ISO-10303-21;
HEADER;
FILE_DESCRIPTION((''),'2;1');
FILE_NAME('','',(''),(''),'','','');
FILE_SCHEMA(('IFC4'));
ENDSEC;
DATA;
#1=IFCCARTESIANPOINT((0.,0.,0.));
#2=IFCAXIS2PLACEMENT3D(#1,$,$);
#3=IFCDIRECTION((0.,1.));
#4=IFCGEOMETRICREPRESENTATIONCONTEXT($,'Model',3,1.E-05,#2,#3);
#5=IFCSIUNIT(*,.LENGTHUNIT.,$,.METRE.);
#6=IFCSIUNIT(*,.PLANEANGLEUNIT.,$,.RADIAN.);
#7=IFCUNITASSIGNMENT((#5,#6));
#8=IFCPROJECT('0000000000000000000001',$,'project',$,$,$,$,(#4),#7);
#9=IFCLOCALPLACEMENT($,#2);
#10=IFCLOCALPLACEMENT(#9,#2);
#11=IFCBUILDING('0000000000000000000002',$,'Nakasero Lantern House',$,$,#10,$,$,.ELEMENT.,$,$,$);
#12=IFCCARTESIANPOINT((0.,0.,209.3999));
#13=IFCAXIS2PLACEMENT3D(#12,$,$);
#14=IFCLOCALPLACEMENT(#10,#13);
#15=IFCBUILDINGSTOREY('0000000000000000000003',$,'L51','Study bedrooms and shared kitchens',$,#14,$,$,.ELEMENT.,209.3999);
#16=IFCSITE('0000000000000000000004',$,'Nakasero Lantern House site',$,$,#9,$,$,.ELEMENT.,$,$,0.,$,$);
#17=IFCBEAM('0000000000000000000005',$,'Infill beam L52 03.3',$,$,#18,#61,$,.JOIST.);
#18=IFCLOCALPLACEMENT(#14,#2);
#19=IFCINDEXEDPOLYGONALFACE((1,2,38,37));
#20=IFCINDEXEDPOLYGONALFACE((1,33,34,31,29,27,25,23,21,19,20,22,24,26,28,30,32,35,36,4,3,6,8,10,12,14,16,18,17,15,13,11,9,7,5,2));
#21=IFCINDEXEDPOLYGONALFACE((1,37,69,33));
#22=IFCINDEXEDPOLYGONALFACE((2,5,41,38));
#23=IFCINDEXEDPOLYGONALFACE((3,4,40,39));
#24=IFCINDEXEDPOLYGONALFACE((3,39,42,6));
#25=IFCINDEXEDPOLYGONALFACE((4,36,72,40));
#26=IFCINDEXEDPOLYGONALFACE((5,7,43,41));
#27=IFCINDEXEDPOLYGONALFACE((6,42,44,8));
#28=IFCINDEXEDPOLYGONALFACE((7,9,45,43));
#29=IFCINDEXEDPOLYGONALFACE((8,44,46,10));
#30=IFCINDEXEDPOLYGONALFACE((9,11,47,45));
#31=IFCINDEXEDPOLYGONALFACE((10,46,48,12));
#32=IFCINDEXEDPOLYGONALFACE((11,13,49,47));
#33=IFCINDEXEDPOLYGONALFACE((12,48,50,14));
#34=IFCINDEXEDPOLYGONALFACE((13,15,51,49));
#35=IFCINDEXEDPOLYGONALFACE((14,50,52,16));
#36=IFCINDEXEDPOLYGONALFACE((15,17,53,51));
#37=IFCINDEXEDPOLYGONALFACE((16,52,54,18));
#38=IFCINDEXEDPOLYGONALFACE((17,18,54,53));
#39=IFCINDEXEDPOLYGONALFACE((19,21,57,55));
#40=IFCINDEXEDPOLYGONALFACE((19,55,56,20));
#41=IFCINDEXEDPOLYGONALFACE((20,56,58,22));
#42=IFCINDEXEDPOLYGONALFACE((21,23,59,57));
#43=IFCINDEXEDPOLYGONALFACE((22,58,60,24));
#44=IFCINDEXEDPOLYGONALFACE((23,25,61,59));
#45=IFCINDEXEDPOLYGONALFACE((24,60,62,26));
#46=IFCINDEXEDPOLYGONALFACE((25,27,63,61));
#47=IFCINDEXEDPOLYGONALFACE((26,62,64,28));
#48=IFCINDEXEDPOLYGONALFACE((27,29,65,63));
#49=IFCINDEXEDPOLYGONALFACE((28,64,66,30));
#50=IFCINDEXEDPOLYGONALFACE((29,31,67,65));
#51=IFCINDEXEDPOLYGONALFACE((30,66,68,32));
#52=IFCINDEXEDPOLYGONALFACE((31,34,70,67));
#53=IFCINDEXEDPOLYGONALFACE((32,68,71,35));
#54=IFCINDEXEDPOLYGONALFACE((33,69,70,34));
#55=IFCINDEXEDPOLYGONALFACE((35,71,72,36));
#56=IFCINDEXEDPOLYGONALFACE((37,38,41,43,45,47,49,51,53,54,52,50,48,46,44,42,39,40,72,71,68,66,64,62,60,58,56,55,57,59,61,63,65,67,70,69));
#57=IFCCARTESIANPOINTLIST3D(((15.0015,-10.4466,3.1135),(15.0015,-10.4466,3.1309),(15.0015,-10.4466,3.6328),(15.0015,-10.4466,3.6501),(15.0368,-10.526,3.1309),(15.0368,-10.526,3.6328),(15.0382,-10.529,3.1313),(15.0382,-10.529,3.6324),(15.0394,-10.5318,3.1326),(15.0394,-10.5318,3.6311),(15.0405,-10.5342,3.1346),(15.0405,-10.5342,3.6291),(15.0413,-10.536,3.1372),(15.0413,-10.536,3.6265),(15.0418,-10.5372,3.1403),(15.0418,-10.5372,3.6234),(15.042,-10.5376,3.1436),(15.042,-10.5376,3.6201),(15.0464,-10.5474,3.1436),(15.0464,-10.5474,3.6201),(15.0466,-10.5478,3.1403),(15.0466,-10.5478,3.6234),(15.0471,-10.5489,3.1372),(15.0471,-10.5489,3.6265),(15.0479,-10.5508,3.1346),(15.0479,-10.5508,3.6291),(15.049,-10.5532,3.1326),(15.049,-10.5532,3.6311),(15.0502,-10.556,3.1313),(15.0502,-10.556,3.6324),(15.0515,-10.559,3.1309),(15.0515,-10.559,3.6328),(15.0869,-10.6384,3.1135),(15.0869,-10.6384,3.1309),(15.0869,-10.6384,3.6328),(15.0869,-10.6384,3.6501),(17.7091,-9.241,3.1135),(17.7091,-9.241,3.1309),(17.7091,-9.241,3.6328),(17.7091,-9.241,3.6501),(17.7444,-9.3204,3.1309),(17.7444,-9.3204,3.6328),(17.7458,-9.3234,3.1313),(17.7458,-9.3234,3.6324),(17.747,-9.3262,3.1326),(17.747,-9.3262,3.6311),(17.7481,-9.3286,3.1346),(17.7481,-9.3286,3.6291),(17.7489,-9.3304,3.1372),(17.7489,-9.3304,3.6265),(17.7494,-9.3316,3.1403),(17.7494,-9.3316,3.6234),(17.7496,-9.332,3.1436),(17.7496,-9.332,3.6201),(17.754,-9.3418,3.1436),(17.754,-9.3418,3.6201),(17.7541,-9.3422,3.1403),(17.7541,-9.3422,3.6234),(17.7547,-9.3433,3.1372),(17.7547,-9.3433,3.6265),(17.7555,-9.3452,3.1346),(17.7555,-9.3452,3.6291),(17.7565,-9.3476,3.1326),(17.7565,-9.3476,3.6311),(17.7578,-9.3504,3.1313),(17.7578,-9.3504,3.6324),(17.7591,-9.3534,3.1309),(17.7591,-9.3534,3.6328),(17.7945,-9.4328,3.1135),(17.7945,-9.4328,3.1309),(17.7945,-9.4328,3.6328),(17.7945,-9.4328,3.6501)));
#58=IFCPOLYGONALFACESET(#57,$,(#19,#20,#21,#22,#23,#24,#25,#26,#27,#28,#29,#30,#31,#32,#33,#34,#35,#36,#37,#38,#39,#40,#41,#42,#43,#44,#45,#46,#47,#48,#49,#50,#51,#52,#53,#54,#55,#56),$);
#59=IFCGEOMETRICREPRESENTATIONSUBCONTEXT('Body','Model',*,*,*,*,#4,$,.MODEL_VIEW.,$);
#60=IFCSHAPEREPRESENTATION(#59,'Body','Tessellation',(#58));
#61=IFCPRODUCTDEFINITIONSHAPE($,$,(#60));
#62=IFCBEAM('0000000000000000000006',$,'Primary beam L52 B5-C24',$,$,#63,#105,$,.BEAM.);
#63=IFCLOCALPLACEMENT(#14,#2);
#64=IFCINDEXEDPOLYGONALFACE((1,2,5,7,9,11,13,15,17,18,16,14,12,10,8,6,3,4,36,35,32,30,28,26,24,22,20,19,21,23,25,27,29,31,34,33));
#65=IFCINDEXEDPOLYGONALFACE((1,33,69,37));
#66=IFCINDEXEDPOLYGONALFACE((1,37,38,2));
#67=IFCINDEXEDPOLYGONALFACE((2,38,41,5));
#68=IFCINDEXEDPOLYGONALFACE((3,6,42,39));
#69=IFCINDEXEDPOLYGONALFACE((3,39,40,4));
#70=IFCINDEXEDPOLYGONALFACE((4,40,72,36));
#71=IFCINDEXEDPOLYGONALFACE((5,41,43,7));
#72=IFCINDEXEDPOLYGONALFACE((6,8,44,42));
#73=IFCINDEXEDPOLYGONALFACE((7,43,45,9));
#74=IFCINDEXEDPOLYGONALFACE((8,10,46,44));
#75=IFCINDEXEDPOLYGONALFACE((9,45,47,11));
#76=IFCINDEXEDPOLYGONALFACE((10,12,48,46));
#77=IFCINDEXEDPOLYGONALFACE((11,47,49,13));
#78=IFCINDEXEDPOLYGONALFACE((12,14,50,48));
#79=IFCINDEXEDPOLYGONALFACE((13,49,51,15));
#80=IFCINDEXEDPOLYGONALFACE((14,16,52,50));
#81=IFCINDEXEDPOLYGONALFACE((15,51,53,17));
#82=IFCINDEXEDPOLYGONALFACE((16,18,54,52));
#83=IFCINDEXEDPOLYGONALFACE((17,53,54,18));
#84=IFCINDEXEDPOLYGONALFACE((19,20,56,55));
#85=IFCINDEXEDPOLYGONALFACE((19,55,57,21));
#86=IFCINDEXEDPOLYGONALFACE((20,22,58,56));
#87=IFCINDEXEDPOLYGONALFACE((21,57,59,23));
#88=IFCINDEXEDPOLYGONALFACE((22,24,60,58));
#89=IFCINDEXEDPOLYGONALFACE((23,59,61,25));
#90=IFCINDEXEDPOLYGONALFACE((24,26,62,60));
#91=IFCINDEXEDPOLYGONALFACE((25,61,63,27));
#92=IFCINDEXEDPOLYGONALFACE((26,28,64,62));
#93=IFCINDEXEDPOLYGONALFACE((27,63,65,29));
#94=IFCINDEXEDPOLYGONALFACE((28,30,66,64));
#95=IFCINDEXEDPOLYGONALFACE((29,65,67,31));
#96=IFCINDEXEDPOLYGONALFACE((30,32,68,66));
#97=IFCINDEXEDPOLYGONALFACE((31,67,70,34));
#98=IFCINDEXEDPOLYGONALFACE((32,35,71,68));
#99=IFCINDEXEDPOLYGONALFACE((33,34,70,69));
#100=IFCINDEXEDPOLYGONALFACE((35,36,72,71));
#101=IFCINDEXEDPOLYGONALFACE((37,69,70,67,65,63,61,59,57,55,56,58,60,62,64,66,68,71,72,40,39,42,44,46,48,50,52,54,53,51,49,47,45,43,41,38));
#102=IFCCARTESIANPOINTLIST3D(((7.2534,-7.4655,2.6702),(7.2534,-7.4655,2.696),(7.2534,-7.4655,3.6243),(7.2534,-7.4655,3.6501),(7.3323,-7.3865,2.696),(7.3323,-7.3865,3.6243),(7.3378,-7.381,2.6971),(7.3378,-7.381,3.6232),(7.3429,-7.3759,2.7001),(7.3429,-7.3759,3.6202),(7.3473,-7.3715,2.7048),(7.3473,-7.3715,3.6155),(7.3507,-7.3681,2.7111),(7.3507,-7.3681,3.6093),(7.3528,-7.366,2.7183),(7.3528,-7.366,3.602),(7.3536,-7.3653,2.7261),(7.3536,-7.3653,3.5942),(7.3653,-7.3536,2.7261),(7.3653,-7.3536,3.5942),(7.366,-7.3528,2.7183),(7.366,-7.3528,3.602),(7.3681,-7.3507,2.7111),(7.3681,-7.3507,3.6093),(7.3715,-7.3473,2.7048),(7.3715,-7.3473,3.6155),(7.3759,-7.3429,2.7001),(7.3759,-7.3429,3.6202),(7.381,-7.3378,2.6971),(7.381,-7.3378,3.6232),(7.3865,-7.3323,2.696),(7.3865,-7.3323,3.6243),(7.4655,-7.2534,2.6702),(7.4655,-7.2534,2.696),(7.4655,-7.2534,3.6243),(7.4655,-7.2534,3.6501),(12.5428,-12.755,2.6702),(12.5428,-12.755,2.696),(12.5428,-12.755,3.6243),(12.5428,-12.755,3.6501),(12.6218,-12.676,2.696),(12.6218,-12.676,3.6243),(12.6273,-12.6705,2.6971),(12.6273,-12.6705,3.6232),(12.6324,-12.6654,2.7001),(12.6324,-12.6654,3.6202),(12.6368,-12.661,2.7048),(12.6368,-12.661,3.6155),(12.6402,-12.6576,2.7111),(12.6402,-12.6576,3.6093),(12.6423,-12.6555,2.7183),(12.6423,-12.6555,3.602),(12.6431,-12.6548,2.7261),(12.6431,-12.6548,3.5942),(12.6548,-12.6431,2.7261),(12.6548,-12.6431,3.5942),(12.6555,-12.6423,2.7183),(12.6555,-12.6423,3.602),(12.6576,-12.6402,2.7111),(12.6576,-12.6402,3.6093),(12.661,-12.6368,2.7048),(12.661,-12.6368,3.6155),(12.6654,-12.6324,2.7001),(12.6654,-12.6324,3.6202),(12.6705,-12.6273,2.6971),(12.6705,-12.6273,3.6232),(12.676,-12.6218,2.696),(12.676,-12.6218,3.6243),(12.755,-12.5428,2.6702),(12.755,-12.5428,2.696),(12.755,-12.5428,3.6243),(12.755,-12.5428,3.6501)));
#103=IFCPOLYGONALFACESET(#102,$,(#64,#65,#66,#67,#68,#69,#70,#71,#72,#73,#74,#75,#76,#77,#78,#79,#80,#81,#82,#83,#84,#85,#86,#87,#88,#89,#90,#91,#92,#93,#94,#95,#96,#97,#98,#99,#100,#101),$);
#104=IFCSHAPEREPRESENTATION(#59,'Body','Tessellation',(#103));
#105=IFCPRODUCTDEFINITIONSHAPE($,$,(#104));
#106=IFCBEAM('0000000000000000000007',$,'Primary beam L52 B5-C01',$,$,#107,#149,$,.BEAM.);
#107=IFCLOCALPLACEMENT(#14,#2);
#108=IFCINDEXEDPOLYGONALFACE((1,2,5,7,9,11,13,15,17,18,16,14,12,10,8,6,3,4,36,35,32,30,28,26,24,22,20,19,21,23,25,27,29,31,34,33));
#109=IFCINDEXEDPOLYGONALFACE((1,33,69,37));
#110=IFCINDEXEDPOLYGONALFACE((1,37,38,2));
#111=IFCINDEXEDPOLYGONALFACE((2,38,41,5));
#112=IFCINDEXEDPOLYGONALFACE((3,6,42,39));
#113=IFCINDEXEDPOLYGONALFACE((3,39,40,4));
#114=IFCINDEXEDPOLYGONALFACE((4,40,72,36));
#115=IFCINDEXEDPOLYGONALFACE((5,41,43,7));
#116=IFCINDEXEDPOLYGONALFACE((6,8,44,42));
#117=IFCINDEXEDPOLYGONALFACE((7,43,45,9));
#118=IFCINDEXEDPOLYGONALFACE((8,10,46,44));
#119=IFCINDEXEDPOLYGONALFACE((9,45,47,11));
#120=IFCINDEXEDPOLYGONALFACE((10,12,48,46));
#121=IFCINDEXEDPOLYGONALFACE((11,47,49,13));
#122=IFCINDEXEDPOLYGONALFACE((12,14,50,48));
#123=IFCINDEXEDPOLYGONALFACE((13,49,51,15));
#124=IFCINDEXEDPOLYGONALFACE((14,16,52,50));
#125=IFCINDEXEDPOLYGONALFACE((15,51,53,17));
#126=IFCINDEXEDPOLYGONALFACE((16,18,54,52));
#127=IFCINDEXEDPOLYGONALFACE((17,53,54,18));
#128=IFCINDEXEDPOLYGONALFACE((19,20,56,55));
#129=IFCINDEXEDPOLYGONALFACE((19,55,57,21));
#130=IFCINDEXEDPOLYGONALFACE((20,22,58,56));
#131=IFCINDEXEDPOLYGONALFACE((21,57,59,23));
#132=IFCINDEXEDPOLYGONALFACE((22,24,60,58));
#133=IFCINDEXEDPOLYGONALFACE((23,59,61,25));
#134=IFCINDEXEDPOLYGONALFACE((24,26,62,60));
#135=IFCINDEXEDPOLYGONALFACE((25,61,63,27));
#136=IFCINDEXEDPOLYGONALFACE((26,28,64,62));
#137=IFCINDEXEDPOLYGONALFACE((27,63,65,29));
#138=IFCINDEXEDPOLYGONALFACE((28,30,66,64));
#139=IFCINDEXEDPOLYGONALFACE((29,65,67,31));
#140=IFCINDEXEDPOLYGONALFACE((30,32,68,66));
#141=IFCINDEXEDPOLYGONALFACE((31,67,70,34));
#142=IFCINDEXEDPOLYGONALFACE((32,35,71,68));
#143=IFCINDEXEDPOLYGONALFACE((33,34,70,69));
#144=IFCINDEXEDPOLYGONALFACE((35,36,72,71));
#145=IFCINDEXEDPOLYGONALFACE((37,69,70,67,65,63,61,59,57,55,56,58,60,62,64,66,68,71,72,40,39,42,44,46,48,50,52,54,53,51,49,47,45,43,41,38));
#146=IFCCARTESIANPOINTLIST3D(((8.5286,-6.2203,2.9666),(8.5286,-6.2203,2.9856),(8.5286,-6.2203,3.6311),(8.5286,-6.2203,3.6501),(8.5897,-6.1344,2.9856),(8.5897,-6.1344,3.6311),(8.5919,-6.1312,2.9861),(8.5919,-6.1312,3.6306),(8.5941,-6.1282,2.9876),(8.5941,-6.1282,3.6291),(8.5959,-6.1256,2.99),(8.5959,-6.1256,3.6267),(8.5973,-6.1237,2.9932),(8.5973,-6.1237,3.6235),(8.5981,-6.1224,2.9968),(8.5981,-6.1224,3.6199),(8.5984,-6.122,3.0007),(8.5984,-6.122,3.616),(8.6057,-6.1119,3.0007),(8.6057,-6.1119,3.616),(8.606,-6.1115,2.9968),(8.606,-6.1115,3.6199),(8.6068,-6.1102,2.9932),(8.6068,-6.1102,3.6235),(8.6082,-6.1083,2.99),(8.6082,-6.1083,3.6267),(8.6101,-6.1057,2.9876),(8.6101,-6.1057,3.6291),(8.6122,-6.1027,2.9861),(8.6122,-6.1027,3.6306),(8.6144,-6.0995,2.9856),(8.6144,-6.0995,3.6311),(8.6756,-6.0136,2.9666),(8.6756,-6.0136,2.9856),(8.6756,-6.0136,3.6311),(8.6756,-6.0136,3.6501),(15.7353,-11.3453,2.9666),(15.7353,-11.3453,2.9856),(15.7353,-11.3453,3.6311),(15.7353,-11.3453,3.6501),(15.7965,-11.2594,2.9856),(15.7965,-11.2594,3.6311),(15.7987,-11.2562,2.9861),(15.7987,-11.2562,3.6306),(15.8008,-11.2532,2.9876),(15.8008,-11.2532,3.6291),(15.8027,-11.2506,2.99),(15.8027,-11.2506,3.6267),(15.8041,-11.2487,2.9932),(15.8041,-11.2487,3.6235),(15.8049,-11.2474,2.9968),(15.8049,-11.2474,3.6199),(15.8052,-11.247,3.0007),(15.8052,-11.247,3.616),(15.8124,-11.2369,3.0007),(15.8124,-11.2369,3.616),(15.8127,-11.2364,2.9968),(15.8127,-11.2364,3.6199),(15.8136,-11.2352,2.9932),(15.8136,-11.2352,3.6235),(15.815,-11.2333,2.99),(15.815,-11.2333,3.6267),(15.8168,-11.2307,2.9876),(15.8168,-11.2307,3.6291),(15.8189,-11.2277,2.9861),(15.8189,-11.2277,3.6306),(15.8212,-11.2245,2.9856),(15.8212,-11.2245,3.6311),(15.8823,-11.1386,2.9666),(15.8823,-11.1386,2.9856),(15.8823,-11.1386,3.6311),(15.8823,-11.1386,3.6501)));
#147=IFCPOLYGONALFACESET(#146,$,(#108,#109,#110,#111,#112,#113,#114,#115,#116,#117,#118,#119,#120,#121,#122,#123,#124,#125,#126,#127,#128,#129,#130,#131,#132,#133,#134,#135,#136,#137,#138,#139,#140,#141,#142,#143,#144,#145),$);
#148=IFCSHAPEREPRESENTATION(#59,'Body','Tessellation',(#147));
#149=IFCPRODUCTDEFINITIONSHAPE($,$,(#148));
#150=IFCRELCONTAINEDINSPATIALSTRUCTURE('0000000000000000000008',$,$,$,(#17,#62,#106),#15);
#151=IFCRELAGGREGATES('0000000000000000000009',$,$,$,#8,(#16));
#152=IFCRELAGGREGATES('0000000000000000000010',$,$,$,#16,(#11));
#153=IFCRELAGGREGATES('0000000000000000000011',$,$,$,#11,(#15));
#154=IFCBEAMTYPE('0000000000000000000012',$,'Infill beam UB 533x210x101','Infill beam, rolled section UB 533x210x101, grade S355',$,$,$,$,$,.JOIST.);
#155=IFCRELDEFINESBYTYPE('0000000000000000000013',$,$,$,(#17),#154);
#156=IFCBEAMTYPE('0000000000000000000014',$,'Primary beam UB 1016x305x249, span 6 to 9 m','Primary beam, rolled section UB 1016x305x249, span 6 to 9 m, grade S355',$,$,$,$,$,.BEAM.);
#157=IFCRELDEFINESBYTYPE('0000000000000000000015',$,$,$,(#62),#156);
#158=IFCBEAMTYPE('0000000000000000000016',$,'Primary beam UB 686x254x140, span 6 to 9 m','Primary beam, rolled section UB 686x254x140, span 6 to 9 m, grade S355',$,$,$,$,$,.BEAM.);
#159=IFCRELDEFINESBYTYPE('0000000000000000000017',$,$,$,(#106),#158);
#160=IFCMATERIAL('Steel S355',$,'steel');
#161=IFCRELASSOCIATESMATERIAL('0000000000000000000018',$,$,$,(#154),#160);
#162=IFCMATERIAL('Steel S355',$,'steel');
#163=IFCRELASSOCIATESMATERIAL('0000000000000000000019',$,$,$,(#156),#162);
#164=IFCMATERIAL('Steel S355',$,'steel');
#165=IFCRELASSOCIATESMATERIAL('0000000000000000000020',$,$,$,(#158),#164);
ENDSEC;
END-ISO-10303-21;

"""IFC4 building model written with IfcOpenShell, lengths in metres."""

from ifc_helpers import new_model, si_unit, direction, frame, origin, origin_2d, place, context, subcontext, project, spatial, i_section, extrude, material, material_profile, profile_set, type_object, element, save


model = new_model("IFC4")

# Units and contexts
model_context = context("Model", 3, precision=1e-05, world=origin(), true_north=direction((0.0, 1.0)))
body_context = subcontext(model_context, "Body", "Model", "MODEL_VIEW")
ifc_project = project(units=[si_unit("LENGTHUNIT", "METRE"), si_unit("PLANEANGLEUNIT", "RADIAN")], contexts=[model_context])

# Site, building, storey
site_placement = place(None, origin())
site = spatial("IfcSite", under=ifc_project, at=site_placement, Name="Nakasero Lantern House site", CompositionType="ELEMENT", RefElevation=0.0)
building_placement = place(site_placement, origin())
building = spatial("IfcBuilding", under=site, at=building_placement, Name="Nakasero Lantern House", CompositionType="ELEMENT")
storey_placement = place(building_placement, frame((0.0, 0.0, 209.3999)))
storey = spatial("IfcBuildingStorey", under=building, at=storey_placement, Name="L51", Description="Study bedrooms and shared kitchens", CompositionType="ELEMENT", Elevation=209.3999)

# Beams
ifc_material_1 = material(Name="Steel S355", Category="steel")
ifc_material_profile_1 = material_profile(ifc_material_1, i_section(OverallWidth=0.21, OverallDepth=0.5366, WebThickness=0.0107, FlangeThickness=0.0173, FilletRadius=0.0127, at=origin_2d()), Name="UB 533x210x101")
ifc_profile_set_1 = profile_set([ifc_material_profile_1], Name="Steel S355")
beam_type_1 = type_object("IfcBeamType", Name="Infill beam UB 533x210x101", Description="Infill beam, rolled section UB 533x210x101, grade S355", PredefinedType="JOIST", material=ifc_profile_set_1)
beam_1_placement = place(storey_placement, frame((15.0442, -10.5425, 3.3818), z_axis=(0.913533, 0.406765, 0.0), x_axis=(-0.406765, 0.913533, 0.0)))
element("IfcBeam", 1, at=beam_1_placement, inside=storey, type_object=beam_type_1, Name="Infill beam L52 03.3", PredefinedType="JOIST", context=body_context, shape_type="SweptSolid", body=[
    extrude(i_section(OverallWidth=0.21, OverallDepth=0.5366, WebThickness=0.0107, FlangeThickness=0.0173, FilletRadius=0.0127, at=origin_2d()), origin(), (0.0, 0.0, 1.0), 2.9639),
])
ifc_material_2 = material(Name="Steel S355", Category="steel")
ifc_material_profile_2 = material_profile(ifc_material_2, i_section(OverallWidth=0.3, OverallDepth=0.98, WebThickness=0.0166, FlangeThickness=0.0259, FilletRadius=0.03, at=origin_2d()), Name="UB 1016x305x249")
ifc_profile_set_2 = profile_set([ifc_material_profile_2], Name="Steel S355")
beam_type_2 = type_object("IfcBeamType", Name="Primary beam UB 1016x305x249, span 6 to 9 m", Description="Primary beam, rolled section UB 1016x305x249, span 6 to 9 m, grade S355", PredefinedType="BEAM", material=ifc_profile_set_2)
beam_2_placement = place(storey_placement, frame((12.6489, -12.6489, 3.1602), z_axis=(-0.707107, 0.707107, 0.0), x_axis=(-0.707107, -0.707107, 0.0)))
element("IfcBeam", 2, at=beam_2_placement, inside=storey, type_object=beam_type_2, Name="Primary beam L52 B5-C24", PredefinedType="BEAM", context=body_context, shape_type="SweptSolid", body=[
    extrude(i_section(OverallWidth=0.3, OverallDepth=0.98, WebThickness=0.0166, FlangeThickness=0.0259, FilletRadius=0.03, at=origin_2d()), origin(), (0.0, 0.0, 1.0), 7.4805),
])
ifc_material_3 = material(Name="Steel S355", Category="steel")
ifc_material_profile_3 = material_profile(ifc_material_3, i_section(OverallWidth=0.2537, OverallDepth=0.6836, WebThickness=0.0125, FlangeThickness=0.019, FilletRadius=0.0151, at=origin_2d()), Name="UB 686x254x140")
ifc_profile_set_3 = profile_set([ifc_material_profile_3], Name="Steel S355")
beam_type_3 = type_object("IfcBeamType", Name="Primary beam UB 686x254x140, span 6 to 9 m", Description="Primary beam, rolled section UB 686x254x140, span 6 to 9 m, grade S355", PredefinedType="BEAM", material=ifc_profile_set_3)
beam_3_placement = place(storey_placement, frame((15.8088, -11.2419, 3.3083), z_axis=(-0.814946, 0.579537, 0.0), x_axis=(-0.579537, -0.814946, 0.0)))
element("IfcBeam", 3, at=beam_3_placement, inside=storey, type_object=beam_type_3, Name="Primary beam L52 B5-C01", PredefinedType="BEAM", context=body_context, shape_type="SweptSolid", body=[
    extrude(i_section(OverallWidth=0.2537, OverallDepth=0.6836, WebThickness=0.0125, FlangeThickness=0.019, FilletRadius=0.0151, at=origin_2d()), origin(), (0.0, 0.0, 1.0), 8.8433),
])

save(model, "model.ifc")
